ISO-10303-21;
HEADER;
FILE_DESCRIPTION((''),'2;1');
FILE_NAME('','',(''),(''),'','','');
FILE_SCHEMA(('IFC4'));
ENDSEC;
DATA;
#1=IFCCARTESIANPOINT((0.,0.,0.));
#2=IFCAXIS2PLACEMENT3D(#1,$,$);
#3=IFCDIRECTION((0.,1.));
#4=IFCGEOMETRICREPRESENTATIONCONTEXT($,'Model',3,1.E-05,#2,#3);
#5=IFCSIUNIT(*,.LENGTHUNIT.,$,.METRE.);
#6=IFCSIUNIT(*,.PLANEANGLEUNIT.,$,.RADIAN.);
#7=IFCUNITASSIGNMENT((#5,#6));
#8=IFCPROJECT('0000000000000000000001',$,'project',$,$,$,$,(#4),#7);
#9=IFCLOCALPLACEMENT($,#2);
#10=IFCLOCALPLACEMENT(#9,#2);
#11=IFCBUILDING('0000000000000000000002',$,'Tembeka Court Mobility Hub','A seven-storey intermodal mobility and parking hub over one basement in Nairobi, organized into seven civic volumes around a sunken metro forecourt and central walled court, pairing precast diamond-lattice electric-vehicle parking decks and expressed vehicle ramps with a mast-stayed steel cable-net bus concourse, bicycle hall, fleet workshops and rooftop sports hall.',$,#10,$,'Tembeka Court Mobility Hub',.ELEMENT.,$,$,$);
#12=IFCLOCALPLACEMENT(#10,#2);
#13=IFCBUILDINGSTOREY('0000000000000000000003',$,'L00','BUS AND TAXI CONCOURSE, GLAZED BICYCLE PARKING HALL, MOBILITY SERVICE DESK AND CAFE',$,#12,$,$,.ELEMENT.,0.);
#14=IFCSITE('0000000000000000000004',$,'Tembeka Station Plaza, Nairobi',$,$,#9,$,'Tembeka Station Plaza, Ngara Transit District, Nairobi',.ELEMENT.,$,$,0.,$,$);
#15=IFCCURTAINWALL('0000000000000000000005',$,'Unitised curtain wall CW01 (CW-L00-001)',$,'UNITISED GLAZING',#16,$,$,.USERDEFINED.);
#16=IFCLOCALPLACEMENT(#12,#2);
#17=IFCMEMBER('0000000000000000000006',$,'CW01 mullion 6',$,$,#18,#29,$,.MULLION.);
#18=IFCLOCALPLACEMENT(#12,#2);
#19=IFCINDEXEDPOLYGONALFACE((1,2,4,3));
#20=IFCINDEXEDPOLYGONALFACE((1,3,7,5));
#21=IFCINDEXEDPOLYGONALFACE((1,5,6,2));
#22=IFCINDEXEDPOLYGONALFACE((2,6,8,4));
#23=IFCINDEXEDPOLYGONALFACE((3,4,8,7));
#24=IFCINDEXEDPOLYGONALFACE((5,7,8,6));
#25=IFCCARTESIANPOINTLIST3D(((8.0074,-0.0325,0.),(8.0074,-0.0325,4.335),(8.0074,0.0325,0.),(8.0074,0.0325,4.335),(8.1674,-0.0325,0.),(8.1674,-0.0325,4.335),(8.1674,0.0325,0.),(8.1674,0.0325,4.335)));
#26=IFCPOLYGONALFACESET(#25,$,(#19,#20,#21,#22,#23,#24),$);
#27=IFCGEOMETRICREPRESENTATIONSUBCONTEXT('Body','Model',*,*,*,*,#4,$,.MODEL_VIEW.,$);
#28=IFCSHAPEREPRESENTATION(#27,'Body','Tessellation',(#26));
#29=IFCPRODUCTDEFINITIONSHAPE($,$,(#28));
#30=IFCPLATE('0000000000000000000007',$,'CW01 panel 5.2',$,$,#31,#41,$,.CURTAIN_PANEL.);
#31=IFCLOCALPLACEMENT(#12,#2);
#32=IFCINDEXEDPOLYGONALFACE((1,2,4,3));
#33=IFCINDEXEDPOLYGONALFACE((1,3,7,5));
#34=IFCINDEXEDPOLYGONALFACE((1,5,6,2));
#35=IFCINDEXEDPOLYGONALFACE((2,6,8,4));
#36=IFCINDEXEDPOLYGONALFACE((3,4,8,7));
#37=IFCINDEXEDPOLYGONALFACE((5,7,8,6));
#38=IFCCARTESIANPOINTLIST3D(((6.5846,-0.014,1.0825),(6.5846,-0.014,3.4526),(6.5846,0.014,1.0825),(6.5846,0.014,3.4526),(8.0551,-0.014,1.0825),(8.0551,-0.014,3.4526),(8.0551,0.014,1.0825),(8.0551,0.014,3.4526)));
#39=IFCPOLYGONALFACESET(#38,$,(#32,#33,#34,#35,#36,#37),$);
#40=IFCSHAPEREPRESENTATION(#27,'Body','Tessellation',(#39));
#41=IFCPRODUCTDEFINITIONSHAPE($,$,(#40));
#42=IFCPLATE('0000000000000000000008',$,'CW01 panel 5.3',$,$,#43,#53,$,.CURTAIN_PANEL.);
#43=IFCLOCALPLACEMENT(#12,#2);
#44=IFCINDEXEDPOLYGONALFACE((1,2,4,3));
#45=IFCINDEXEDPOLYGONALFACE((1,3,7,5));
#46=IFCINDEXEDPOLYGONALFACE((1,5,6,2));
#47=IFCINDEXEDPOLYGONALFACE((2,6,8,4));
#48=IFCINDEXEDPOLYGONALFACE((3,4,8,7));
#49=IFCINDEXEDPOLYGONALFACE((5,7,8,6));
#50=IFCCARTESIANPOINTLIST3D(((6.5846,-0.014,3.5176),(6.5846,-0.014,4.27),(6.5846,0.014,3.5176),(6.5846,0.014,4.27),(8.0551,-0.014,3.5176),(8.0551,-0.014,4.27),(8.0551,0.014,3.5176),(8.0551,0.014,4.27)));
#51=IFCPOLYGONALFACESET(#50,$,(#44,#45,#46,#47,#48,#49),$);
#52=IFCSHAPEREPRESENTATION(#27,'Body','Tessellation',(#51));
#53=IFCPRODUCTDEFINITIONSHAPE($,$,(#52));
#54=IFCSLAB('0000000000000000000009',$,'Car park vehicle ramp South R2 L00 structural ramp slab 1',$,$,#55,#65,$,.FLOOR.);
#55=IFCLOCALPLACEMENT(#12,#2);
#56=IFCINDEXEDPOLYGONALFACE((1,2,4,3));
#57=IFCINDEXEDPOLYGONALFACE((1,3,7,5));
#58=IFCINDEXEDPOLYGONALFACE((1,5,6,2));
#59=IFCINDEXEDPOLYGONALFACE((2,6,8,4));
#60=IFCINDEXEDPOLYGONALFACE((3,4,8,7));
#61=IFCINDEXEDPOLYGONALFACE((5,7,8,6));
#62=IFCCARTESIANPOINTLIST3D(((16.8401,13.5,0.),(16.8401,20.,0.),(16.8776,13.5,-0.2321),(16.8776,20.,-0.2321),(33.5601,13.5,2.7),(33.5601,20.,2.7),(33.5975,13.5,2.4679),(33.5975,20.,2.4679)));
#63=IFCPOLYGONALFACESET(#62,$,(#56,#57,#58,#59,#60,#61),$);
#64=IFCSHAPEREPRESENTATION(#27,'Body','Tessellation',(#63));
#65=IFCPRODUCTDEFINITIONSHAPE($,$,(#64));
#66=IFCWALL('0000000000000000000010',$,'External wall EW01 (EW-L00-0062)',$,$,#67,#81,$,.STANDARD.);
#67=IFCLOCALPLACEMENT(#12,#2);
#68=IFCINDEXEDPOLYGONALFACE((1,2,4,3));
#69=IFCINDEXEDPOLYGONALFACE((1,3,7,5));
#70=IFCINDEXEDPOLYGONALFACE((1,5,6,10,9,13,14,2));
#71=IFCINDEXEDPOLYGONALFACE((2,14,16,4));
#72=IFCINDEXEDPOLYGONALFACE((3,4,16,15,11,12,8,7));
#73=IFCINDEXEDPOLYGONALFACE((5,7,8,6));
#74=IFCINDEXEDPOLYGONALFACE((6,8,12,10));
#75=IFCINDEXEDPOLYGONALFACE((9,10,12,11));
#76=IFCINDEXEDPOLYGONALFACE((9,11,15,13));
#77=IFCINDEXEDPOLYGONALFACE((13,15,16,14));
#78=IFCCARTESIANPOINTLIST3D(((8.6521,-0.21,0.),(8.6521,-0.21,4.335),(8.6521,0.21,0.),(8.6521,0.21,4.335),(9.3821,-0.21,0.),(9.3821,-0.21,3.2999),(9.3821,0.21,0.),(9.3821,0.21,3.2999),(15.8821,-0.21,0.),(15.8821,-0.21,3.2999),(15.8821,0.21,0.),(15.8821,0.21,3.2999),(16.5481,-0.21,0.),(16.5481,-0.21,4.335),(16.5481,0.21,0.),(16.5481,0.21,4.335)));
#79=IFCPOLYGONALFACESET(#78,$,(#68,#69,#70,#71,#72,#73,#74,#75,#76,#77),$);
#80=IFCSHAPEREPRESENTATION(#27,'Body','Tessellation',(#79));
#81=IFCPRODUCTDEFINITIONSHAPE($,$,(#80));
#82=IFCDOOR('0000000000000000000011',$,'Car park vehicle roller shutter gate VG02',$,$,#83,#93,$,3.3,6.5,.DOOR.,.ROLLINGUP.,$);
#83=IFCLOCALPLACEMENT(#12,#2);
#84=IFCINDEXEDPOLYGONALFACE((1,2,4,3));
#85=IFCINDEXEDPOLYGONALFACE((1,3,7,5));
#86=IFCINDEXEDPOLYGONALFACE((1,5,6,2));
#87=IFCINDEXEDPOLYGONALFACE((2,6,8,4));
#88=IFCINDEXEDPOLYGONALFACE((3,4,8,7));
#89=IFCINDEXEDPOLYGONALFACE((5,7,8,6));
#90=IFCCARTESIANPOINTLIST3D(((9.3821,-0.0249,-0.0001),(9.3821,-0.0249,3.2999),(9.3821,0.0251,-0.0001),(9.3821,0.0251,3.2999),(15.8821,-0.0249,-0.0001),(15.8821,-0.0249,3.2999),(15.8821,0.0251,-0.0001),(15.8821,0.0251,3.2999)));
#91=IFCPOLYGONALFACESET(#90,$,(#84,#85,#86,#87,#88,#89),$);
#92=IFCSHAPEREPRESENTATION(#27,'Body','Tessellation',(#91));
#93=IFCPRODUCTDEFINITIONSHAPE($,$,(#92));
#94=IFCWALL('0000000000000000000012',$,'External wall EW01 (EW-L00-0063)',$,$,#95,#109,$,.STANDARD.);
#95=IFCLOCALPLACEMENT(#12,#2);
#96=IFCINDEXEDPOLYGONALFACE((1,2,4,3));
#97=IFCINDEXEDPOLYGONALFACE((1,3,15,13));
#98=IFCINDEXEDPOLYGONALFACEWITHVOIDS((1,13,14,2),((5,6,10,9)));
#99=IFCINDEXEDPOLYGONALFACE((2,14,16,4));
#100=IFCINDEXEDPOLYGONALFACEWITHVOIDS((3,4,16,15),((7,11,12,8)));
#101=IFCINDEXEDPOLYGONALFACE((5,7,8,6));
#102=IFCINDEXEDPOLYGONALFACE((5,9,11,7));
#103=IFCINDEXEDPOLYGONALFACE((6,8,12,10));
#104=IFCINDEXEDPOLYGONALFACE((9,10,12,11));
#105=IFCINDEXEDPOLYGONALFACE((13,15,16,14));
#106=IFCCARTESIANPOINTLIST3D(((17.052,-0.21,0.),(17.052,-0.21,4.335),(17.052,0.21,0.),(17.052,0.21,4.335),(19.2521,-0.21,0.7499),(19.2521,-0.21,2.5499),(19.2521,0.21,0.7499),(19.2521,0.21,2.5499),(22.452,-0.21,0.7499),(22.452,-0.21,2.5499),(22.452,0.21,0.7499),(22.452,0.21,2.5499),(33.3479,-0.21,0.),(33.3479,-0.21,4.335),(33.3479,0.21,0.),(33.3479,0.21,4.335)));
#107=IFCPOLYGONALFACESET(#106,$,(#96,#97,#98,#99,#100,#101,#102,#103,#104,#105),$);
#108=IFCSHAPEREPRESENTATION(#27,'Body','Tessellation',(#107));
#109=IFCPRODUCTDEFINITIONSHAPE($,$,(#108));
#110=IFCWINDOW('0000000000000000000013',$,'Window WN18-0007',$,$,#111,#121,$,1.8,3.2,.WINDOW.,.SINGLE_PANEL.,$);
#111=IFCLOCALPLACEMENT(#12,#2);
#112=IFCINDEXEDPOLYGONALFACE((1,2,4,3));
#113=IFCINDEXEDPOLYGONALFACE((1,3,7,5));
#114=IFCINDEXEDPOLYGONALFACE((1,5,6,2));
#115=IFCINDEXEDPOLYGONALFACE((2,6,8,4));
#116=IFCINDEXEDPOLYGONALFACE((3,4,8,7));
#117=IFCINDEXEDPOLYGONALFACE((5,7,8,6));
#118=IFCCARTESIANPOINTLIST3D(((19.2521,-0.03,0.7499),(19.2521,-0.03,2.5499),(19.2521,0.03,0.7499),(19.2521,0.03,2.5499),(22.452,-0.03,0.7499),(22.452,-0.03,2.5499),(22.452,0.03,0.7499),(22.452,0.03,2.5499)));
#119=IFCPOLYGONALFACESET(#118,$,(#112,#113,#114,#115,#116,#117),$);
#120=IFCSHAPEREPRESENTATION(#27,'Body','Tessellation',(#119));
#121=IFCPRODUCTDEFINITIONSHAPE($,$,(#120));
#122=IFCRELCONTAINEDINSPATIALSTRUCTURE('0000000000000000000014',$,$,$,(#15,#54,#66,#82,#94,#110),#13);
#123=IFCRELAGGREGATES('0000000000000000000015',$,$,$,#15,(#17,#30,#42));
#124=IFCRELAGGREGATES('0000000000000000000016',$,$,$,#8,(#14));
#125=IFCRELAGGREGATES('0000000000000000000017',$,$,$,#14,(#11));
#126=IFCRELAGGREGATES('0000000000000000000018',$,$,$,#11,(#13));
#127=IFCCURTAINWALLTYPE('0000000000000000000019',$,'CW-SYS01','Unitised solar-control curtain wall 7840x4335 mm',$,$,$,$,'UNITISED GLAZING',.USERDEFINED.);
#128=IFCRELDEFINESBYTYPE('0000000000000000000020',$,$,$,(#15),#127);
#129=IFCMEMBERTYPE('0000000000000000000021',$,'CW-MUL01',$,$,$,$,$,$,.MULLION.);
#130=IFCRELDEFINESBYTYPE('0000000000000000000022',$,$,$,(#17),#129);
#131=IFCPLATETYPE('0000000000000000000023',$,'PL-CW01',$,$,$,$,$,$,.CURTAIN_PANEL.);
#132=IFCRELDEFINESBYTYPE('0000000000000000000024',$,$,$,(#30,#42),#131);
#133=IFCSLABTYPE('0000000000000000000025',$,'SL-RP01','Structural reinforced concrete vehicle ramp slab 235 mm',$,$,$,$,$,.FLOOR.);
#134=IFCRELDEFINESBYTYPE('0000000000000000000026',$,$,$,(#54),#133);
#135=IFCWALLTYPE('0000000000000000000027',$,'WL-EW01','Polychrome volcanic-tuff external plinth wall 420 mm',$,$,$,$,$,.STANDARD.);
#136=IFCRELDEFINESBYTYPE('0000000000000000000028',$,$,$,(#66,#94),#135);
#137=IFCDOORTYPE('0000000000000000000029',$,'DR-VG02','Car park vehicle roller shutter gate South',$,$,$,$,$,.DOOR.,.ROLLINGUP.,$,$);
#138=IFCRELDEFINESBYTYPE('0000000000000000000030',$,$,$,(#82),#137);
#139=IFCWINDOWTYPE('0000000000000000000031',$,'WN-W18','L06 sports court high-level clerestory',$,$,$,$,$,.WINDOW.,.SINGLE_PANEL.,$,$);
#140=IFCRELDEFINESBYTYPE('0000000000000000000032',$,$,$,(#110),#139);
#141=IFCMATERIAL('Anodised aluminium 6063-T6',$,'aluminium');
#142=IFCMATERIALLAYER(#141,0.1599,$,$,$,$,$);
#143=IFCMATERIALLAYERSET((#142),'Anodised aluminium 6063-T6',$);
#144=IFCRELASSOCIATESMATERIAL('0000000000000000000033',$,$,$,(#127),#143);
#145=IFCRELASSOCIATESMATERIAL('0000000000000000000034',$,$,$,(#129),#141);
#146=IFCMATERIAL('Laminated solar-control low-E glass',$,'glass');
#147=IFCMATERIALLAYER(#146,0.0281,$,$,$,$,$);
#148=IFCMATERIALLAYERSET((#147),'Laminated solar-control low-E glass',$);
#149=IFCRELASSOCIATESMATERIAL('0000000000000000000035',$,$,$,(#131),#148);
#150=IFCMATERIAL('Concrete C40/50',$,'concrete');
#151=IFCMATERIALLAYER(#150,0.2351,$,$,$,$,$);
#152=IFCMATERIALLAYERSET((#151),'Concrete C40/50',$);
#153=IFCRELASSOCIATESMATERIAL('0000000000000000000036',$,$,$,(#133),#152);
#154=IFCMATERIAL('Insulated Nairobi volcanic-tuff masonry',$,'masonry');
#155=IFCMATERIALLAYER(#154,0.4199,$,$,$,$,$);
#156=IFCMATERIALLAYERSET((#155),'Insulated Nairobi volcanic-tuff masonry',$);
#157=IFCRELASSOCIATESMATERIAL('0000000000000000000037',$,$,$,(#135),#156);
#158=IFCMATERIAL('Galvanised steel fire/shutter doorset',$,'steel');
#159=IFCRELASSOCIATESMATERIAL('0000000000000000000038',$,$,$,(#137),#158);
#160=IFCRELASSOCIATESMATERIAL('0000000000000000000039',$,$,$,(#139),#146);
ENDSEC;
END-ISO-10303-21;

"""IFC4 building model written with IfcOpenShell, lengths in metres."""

from ifc_helpers import new_model, si_unit, direction, frame, frame_2d, origin, origin_2d, place, context, subcontext, project, spatial, polyline, rectangle, outline, extrude, material, layer, layer_set, material_profile, profile_set, type_object, element, fill, aggregate, save


model = new_model("IFC4")

# Units and contexts
model_context = context("Model", 3, precision=1e-05, world=origin(), true_north=direction((0.0, 1.0)))
body_context = subcontext(model_context, "Body", "Model", "MODEL_VIEW")
ifc_project = project(units=[si_unit("LENGTHUNIT", "METRE"), si_unit("PLANEANGLEUNIT", "RADIAN")], contexts=[model_context])

# Site, building, storey
site_placement = place(None, origin())
site = spatial("IfcSite", under=ifc_project, at=site_placement, Name="Tembeka Station Plaza, Nairobi", LongName="Tembeka Station Plaza, Ngara Transit District, Nairobi", CompositionType="ELEMENT", RefElevation=0.0)
building_placement = place(site_placement, origin())
building = spatial("IfcBuilding", under=site, at=building_placement, Name="Tembeka Court Mobility Hub", Description="A seven-storey intermodal mobility and parking hub over one basement in Nairobi, organized into seven civic volumes around a sunken metro forecourt and central walled court, pairing precast diamond-lattice electric-vehicle parking decks and expressed vehicle ramps with a mast-stayed steel cable-net bus concourse, bicycle hall, fleet workshops and rooftop sports hall.", LongName="Tembeka Court Mobility Hub", CompositionType="ELEMENT")
storey_placement = place(building_placement, origin())
storey = spatial("IfcBuildingStorey", under=building, at=storey_placement, Name="L00", Description="BUS AND TAXI CONCOURSE, GLAZED BICYCLE PARKING HALL, MOBILITY SERVICE DESK AND CAFE", CompositionType="ELEMENT", Elevation=0.0)

# Curtain wall, member, plates
ifc_material_1 = material(Name="Anodised aluminium 6063-T6", Category="aluminium")
ifc_layer_1 = layer(ifc_material_1, 0.1599)
ifc_layer_set_1 = layer_set([ifc_layer_1], Name="Anodised aluminium 6063-T6")
curtain_wall_type = type_object("IfcCurtainWallType", Name="CW-SYS01", Description="Unitised solar-control curtain wall 7840x4335 mm", ElementType="UNITISED GLAZING", PredefinedType="USERDEFINED", material=ifc_layer_set_1)
curtain_wall_placement = place(storey_placement, origin())
curtain_wall = element("IfcCurtainWall", 1, at=curtain_wall_placement, inside=storey, type_object=curtain_wall_type, Name="Unitised curtain wall CW01 (CW-L00-001)", ObjectType="UNITISED GLAZING", PredefinedType="USERDEFINED")
ifc_material_profile_1 = material_profile(ifc_material_1, rectangle(XDim=0.0649, YDim=0.1599, at=origin_2d()), Name="ALU-MUL 65x160")
ifc_profile_set_1 = profile_set([ifc_material_profile_1], Name="Anodised aluminium 6063-T6")
member_type = type_object("IfcMemberType", Name="CW-MUL01", PredefinedType="MULLION", material=ifc_profile_set_1)
member_placement = place(storey_placement, frame((8.0874, 0.0, 0.0), z_axis=(0.0, 0.0, 1.0), x_axis=(0.0, 1.0, 0.0)))
member = element("IfcMember", 2, at=member_placement, type_object=member_type, Name="CW01 mullion 6", PredefinedType="MULLION", context=body_context, shape_type="SweptSolid", body=[
    extrude(rectangle(XDim=0.0649, YDim=0.1599, at=origin_2d()), origin(), (0.0, 0.0, 1.0), 4.335),
])
ifc_material_2 = material(Name="Laminated solar-control low-E glass", Category="glass")
ifc_layer_2 = layer(ifc_material_2, 0.0281)
ifc_layer_set_2 = layer_set([ifc_layer_2], Name="Laminated solar-control low-E glass")
plate_type = type_object("IfcPlateType", Name="PL-CW01", PredefinedType="CURTAIN_PANEL", material=ifc_layer_set_2)
plate_1_placement = place(storey_placement, frame((7.3198, 0.0, 1.0825), z_axis=(0.0, 0.0, 1.0), x_axis=(1.0, 0.0, 0.0)))
plate_1 = element("IfcPlate", 3, at=plate_1_placement, type_object=plate_type, Name="CW01 panel 5.2", PredefinedType="CURTAIN_PANEL", context=body_context, shape_type="SweptSolid", body=[
    extrude(rectangle(XDim=1.4705, YDim=0.0281, at=origin_2d()), origin(), (0.0, 0.0, 1.0), 2.3701),
])
plate_2_placement = place(storey_placement, frame((7.3198, 0.0, 3.5176), z_axis=(0.0, 0.0, 1.0), x_axis=(1.0, 0.0, 0.0)))
plate_2 = element("IfcPlate", 4, at=plate_2_placement, type_object=plate_type, Name="CW01 panel 5.3", PredefinedType="CURTAIN_PANEL", context=body_context, shape_type="SweptSolid", body=[
    extrude(rectangle(XDim=1.4705, YDim=0.0281, at=origin_2d()), origin(), (0.0, 0.0, 1.0), 0.7524),
])
aggregate(curtain_wall, [member, plate_1, plate_2])

# Slab
ifc_material_3 = material(Name="Concrete C40/50", Category="concrete")
ifc_layer_3 = layer(ifc_material_3, 0.2351)
ifc_layer_set_3 = layer_set([ifc_layer_3], Name="Concrete C40/50")
slab_type = type_object("IfcSlabType", Name="SL-RP01", Description="Structural reinforced concrete vehicle ramp slab 235 mm", PredefinedType="FLOOR", material=ifc_layer_set_3)
slab_placement = place(storey_placement, frame((16.8401, 13.5, 0.0), z_axis=(-0.159416, 0.0, 0.987212), x_axis=(0.987212, 0.0, 0.159416)))
element("IfcSlab", 5, at=slab_placement, inside=storey, type_object=slab_type, Name="Car park vehicle ramp South R2 L00 structural ramp slab 1", PredefinedType="FLOOR", context=body_context, shape_type="SweptSolid", body=[
    extrude(outline(polyline([(0.0, 0.0), (16.9366, 0.0), (16.9366, 6.5), (0.0, 6.5), (0.0, 0.0)])), origin(), (0.0, 0.0, -1.0), 0.2351),
])

# Wall, opening, door
ifc_material_4 = material(Name="Insulated Nairobi volcanic-tuff masonry", Category="masonry")
ifc_layer_4 = layer(ifc_material_4, 0.4199)
ifc_layer_set_4 = layer_set([ifc_layer_4], Name="Insulated Nairobi volcanic-tuff masonry")
wall_type = type_object("IfcWallType", Name="WL-EW01", Description="Polychrome volcanic-tuff external plinth wall 420 mm", PredefinedType="STANDARD", material=ifc_layer_set_4)
wall_1_placement = place(storey_placement, frame((8.6521, 0.0, 0.0), z_axis=(0.0, 0.0, 1.0), x_axis=(1.0, 0.0, 0.0)))
wall_1 = element("IfcWall", 6, at=wall_1_placement, inside=storey, type_object=wall_type, Name="External wall EW01 (EW-L00-0062)", PredefinedType="STANDARD", context=body_context, shape_type="SweptSolid", body=[
    extrude(rectangle(XDim=7.896, YDim=0.4199, at=frame_2d((3.948, 0.0))), origin(), (0.0, 0.0, 1.0), 4.335),
])
opening_1_placement = place(wall_1_placement, frame((0.73, 0.0, 0.0)))
opening_1 = element("IfcOpeningElement", 7, at=opening_1_placement, cuts=wall_1, PredefinedType="OPENING", context=body_context, shape_type="SweptSolid", body=[
    extrude(rectangle(XDim=6.5, YDim=3.3, at=frame_2d((3.25, 1.6499))), frame((0.0, 0.22, 0.0), z_axis=(0.0, -1.0, 0.0), x_axis=(1.0, 0.0, 0.0)), (0.0, 0.0, 1.0), 0.4399),
])
ifc_material_5 = material(Name="Galvanised steel fire/shutter doorset", Category="steel")
door_type = type_object("IfcDoorType", Name="DR-VG02", Description="Car park vehicle roller shutter gate South", OperationType="ROLLINGUP", PredefinedType="DOOR", material=ifc_material_5)
door_placement = place(opening_1_placement, frame((6.5, 0.0, 0.0), z_axis=(0.0, 0.0, 1.0), x_axis=(-1.0, 0.0, 0.0)))
door = element("IfcDoor", 8, at=door_placement, inside=storey, type_object=door_type, Name="Car park vehicle roller shutter gate VG02", OperationType="ROLLINGUP", OverallHeight=3.3, OverallWidth=6.5, PredefinedType="DOOR", context=body_context, shape_type="SweptSolid", body=[
    extrude(rectangle(XDim=6.5, YDim=3.3, at=frame_2d((3.25, 1.6499))), frame((0.0, 0.0249, 0.0), z_axis=(0.0, -1.0, 0.0), x_axis=(1.0, 0.0, 0.0)), (0.0, 0.0, 1.0), 0.05),
])
fill(opening_1, door)

# Wall, opening, window
wall_2_placement = place(storey_placement, frame((17.052, 0.0, 0.0), z_axis=(0.0, 0.0, 1.0), x_axis=(1.0, 0.0, 0.0)))
wall_2 = element("IfcWall", 9, at=wall_2_placement, inside=storey, type_object=wall_type, Name="External wall EW01 (EW-L00-0063)", PredefinedType="STANDARD", context=body_context, shape_type="SweptSolid", body=[
    extrude(rectangle(XDim=16.2959, YDim=0.4199, at=frame_2d((8.1479, 0.0))), origin(), (0.0, 0.0, 1.0), 4.335),
])
opening_2_placement = place(wall_2_placement, frame((2.2, 0.0, 0.75)))
opening_2 = element("IfcOpeningElement", 10, at=opening_2_placement, cuts=wall_2, PredefinedType="OPENING", context=body_context, shape_type="SweptSolid", body=[
    extrude(rectangle(XDim=3.2, YDim=1.8, at=frame_2d((1.6001, 0.8999))), frame((0.0, 0.22, 0.0), z_axis=(0.0, -1.0, 0.0), x_axis=(1.0, 0.0, 0.0)), (0.0, 0.0, 1.0), 0.4399),
])
window_type = type_object("IfcWindowType", Name="WN-W18", Description="L06 sports court high-level clerestory", PartitioningType="SINGLE_PANEL", PredefinedType="WINDOW", material=ifc_material_2)
window_placement = place(opening_2_placement, origin())
window = element("IfcWindow", 11, at=window_placement, inside=storey, type_object=window_type, Name="Window WN18-0007", OverallHeight=1.8, OverallWidth=3.2, PartitioningType="SINGLE_PANEL", PredefinedType="WINDOW", context=body_context, shape_type="SweptSolid", body=[
    extrude(rectangle(XDim=3.2, YDim=1.8, at=frame_2d((1.6001, 0.8999))), frame((0.0, 0.03, 0.0), z_axis=(0.0, -1.0, 0.0), x_axis=(1.0, 0.0, 0.0)), (0.0, 0.0, 1.0), 0.0601),
])
fill(opening_2, window)

save(model, "model.ifc")
